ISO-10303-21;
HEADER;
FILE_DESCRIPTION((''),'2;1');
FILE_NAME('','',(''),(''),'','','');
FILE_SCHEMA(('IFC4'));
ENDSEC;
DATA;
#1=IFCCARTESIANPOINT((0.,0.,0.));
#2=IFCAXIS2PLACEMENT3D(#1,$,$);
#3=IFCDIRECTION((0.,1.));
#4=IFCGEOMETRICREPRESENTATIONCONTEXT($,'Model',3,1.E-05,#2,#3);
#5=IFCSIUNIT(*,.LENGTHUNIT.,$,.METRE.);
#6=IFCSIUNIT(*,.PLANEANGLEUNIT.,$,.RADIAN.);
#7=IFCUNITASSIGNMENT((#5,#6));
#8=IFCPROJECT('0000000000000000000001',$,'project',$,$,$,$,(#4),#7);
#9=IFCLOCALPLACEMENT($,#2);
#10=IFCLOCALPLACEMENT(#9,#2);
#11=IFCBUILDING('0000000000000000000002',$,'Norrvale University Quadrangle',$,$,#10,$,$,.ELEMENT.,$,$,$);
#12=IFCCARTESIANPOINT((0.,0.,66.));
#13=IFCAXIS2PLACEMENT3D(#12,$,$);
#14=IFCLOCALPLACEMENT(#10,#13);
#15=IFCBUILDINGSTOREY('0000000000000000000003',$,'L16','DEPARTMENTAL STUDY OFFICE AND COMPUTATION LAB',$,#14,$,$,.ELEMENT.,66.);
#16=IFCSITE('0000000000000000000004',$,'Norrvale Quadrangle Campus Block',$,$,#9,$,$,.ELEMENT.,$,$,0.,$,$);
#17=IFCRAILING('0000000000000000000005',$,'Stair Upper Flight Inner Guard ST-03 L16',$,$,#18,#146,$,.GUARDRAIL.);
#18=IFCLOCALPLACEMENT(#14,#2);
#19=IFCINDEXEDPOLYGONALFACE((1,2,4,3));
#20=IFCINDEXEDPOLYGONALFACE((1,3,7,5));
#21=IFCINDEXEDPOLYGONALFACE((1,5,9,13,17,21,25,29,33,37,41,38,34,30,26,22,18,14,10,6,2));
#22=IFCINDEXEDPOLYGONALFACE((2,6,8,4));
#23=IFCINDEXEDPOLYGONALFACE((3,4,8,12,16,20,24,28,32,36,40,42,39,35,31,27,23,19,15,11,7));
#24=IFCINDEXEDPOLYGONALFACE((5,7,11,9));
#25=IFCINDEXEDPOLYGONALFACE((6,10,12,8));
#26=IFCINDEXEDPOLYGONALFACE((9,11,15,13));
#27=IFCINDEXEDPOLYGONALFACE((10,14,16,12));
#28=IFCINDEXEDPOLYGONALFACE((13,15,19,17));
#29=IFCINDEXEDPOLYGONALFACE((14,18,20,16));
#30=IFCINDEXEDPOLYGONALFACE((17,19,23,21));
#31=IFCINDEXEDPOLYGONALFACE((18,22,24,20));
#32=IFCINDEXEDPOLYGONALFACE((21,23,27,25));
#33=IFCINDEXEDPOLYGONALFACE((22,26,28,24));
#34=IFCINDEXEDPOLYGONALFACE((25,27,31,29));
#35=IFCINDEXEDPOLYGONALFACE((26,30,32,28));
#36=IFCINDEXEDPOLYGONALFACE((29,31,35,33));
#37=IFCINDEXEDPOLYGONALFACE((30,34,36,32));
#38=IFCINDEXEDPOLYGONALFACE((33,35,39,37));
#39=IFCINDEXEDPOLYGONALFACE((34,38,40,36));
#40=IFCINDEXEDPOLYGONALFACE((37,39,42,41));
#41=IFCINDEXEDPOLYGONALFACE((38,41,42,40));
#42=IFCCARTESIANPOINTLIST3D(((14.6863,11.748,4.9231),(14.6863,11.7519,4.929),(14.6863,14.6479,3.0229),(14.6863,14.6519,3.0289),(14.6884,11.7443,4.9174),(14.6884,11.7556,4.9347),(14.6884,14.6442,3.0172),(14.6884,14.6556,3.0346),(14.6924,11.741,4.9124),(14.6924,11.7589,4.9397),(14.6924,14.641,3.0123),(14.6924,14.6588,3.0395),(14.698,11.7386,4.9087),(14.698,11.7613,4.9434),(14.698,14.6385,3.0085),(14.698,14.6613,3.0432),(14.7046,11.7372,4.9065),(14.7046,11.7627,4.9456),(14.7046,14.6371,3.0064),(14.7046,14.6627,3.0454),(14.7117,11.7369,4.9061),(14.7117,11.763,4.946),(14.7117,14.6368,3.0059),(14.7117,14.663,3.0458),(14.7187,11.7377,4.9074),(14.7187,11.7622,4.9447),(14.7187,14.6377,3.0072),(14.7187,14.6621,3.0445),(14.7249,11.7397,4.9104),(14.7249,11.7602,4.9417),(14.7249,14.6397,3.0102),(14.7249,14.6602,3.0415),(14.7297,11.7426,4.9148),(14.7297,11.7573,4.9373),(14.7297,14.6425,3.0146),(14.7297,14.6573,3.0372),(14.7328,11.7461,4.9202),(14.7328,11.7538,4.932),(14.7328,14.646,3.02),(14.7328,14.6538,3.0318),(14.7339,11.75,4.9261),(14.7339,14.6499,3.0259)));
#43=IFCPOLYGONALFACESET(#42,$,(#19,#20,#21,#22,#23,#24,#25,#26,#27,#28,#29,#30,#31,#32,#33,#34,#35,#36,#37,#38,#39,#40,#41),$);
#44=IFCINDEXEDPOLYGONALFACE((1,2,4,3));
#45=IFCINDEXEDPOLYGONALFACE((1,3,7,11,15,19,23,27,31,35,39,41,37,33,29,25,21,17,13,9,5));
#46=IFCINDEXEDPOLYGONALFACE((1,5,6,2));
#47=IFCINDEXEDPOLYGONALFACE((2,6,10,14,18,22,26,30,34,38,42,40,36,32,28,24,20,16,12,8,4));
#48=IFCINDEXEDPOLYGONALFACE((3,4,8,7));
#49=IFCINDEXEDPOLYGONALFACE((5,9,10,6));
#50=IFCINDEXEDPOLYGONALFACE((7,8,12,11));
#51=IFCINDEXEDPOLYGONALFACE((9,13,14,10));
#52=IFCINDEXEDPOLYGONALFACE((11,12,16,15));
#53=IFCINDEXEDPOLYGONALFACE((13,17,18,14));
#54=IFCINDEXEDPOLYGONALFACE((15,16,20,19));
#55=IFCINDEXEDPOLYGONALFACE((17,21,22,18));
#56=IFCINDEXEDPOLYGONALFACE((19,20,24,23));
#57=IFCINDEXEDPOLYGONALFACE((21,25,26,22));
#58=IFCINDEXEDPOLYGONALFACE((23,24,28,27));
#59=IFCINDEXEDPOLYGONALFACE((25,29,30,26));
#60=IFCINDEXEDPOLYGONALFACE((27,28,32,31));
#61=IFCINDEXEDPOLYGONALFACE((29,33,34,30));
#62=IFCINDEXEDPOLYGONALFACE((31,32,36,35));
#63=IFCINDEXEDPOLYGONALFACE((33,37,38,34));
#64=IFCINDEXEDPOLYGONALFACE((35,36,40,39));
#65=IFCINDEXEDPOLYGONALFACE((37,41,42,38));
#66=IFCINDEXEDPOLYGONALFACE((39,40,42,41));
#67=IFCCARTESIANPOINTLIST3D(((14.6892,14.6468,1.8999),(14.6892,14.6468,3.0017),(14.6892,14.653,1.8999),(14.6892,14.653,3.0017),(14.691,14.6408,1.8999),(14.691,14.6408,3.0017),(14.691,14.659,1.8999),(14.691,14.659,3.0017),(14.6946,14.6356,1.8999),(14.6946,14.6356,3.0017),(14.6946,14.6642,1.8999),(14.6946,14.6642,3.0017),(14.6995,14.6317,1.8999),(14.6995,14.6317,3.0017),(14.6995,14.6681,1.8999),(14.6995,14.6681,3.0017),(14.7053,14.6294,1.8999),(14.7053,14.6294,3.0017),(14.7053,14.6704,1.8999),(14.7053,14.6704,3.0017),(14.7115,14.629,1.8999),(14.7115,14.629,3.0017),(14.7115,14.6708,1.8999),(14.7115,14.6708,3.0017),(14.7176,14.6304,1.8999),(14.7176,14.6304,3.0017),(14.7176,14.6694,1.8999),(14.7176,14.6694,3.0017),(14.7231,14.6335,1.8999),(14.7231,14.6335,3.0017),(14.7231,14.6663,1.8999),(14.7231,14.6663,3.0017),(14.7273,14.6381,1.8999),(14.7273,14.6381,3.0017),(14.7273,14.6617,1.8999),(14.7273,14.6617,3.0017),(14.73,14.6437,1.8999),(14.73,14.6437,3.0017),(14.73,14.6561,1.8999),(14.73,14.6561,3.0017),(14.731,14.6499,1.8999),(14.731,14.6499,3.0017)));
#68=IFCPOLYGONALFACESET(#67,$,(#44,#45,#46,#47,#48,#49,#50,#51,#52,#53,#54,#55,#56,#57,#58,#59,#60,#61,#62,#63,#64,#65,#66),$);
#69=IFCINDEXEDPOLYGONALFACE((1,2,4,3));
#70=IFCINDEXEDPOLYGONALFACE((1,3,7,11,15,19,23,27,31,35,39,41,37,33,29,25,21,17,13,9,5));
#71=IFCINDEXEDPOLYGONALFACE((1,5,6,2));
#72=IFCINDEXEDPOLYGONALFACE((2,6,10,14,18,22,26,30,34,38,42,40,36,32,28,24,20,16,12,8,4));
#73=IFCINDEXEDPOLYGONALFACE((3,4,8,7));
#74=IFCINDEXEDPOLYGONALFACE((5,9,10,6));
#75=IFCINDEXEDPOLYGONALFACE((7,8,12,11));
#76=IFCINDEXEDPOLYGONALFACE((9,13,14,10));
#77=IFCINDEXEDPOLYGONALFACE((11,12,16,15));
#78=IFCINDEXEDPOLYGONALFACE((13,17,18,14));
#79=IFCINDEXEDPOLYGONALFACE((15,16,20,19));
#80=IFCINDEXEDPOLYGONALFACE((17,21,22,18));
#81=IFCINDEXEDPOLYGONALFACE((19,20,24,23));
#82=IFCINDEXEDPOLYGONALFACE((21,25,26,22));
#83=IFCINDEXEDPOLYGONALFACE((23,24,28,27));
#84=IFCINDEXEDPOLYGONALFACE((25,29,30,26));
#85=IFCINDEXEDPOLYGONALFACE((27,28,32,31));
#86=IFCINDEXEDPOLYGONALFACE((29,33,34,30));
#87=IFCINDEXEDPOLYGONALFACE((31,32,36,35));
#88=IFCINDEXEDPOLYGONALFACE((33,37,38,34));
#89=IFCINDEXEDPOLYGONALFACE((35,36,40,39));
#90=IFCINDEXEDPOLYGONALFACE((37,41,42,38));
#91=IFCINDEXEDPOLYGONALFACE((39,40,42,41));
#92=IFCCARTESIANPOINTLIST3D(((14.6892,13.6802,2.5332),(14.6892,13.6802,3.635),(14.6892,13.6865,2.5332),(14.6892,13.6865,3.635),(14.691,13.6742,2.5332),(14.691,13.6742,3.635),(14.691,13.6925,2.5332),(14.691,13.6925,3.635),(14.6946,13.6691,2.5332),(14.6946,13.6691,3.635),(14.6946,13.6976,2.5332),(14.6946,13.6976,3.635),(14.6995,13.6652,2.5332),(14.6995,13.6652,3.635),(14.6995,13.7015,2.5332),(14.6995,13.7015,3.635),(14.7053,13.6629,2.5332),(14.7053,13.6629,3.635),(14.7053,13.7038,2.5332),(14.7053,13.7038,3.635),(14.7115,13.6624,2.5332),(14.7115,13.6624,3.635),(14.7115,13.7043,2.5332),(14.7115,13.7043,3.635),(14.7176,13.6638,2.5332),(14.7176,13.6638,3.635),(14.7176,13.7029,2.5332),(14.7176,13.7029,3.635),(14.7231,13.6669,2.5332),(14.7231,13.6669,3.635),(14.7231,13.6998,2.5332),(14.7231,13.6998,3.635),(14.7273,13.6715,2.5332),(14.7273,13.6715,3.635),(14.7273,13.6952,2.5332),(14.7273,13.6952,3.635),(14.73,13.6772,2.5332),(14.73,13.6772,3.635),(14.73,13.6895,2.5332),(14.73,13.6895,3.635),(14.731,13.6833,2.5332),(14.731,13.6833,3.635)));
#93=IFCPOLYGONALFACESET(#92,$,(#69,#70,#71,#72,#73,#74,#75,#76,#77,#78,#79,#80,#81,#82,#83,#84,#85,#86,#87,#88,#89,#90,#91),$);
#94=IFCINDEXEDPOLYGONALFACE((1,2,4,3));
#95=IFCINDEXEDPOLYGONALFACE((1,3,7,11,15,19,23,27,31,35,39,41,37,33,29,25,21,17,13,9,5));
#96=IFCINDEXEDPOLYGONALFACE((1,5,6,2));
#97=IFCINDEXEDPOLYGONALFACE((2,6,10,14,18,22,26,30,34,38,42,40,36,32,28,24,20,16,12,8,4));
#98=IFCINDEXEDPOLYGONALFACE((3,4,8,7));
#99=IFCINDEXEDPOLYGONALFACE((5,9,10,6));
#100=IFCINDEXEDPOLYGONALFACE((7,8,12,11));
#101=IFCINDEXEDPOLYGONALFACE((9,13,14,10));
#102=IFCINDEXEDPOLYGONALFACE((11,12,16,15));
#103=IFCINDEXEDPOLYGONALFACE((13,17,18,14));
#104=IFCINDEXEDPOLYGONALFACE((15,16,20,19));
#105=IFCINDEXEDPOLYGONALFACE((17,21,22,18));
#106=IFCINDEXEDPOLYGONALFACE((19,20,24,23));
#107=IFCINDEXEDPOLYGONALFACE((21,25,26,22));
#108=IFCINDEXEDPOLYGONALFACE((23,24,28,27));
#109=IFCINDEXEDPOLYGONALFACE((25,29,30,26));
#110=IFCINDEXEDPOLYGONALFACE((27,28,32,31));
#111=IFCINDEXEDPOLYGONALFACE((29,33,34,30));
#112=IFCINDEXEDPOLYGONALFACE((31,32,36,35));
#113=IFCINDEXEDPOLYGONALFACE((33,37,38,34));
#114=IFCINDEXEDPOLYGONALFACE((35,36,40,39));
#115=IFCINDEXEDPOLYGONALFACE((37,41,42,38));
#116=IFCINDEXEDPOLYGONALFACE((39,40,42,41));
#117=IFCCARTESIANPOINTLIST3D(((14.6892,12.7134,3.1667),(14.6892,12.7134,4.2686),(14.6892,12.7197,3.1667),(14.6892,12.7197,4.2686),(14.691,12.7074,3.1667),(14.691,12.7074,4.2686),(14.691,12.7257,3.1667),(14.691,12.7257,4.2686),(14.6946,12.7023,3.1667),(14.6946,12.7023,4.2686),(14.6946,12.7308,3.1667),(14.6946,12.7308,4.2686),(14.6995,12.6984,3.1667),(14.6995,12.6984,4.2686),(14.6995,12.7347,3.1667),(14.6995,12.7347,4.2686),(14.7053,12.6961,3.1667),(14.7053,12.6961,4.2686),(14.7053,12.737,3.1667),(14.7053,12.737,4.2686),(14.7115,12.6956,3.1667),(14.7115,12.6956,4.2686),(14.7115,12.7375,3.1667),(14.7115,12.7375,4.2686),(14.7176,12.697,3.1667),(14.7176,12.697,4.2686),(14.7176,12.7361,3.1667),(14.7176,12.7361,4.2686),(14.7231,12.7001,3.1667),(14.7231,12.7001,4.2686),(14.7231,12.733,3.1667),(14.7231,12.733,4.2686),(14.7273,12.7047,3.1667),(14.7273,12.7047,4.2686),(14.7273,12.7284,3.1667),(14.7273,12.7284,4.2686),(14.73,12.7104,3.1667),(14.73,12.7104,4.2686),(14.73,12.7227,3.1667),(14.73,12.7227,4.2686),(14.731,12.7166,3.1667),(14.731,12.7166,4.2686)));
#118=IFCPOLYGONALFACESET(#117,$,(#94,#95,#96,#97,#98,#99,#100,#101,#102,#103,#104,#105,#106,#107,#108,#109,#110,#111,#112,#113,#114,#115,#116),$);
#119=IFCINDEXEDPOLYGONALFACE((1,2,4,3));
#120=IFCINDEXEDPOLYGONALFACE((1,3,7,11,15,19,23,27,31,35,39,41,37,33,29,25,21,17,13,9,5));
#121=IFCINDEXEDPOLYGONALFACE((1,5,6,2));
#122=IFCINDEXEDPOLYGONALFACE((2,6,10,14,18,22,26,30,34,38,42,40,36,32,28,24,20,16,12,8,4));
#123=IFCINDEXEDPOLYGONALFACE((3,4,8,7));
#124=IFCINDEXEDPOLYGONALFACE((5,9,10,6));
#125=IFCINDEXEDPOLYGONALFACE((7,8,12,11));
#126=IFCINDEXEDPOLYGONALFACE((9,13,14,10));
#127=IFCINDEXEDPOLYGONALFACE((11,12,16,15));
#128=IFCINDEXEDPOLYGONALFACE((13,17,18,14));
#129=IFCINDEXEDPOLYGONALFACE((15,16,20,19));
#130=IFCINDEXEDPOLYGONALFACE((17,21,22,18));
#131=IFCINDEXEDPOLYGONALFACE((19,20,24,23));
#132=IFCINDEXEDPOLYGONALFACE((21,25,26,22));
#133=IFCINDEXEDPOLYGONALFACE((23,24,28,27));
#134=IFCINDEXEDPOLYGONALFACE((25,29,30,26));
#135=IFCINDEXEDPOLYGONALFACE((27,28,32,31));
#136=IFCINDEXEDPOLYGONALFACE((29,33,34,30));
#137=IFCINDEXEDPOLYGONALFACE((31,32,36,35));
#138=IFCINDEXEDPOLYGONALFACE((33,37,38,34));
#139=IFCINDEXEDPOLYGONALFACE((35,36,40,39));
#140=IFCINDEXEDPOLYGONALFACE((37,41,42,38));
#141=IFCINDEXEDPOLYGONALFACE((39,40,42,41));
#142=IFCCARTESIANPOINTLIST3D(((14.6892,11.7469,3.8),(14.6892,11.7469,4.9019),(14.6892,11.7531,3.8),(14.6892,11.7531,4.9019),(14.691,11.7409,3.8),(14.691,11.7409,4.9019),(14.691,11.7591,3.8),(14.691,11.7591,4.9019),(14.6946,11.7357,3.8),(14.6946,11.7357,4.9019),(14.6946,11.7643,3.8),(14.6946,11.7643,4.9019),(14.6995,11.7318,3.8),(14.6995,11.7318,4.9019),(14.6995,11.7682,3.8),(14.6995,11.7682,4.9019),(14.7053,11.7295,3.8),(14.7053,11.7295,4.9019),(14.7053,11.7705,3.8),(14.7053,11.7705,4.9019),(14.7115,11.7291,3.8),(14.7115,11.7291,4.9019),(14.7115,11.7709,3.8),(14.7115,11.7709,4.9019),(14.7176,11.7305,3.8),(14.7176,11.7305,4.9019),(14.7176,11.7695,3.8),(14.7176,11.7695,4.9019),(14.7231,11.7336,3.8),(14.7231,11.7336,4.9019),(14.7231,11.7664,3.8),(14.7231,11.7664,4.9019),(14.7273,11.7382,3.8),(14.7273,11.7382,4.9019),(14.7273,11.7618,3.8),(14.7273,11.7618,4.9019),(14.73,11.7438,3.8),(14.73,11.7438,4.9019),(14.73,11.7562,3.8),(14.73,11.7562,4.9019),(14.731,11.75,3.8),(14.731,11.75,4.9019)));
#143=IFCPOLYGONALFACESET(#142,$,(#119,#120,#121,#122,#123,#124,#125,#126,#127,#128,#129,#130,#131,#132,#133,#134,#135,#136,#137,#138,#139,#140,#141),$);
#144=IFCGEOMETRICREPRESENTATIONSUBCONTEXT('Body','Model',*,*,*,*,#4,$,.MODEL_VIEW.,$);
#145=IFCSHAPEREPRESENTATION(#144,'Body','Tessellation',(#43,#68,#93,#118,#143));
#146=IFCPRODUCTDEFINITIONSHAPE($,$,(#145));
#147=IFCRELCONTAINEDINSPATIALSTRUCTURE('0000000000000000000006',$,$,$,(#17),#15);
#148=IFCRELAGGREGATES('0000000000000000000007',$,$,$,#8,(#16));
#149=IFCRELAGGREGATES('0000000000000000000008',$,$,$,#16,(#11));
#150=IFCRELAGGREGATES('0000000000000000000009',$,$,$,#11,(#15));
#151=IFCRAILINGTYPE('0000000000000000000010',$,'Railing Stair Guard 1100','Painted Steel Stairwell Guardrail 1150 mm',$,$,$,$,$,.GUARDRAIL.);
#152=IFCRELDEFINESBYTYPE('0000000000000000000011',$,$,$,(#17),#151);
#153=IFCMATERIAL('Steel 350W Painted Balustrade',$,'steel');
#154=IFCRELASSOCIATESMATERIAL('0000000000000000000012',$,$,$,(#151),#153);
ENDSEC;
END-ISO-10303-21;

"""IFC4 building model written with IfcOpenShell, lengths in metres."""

from ifc_helpers import new_model, si_unit, direction, frame, origin, origin_2d, place, context, subcontext, project, spatial, circle, extrude, material, type_object, element, save


model = new_model("IFC4")

# Units and contexts
model_context = context("Model", 3, precision=1e-05, world=origin(), true_north=direction((0.0, 1.0)))
body_context = subcontext(model_context, "Body", "Model", "MODEL_VIEW")
ifc_project = project(units=[si_unit("LENGTHUNIT", "METRE"), si_unit("PLANEANGLEUNIT", "RADIAN")], contexts=[model_context])

# Site, building, storey
site_placement = place(None, origin())
site = spatial("IfcSite", under=ifc_project, at=site_placement, Name="Norrvale Quadrangle Campus Block", CompositionType="ELEMENT", RefElevation=0.0)
building_placement = place(site_placement, origin())
building = spatial("IfcBuilding", under=site, at=building_placement, Name="Norrvale University Quadrangle", CompositionType="ELEMENT")
storey_placement = place(building_placement, frame((0.0, 0.0, 66.0)))
storey = spatial("IfcBuildingStorey", under=building, at=storey_placement, Name="L16", Description="DEPARTMENTAL STUDY OFFICE AND COMPUTATION LAB", CompositionType="ELEMENT", Elevation=66.0)

# Railing
ifc_material_1 = material(Name="Steel 350W Painted Balustrade", Category="steel")
railing_type_1 = type_object("IfcRailingType", Name="Railing Stair Guard 1100", Description="Painted Steel Stairwell Guardrail 1150 mm", PredefinedType="GUARDRAIL", material=ifc_material_1)
railing_1_placement = place(storey_placement, frame((14.71, 14.6499, 1.8999)))
element("IfcRailing", 1, at=railing_1_placement, inside=storey, type_object=railing_type_1, Name="Stair Upper Flight Inner Guard ST-03 L16", PredefinedType="GUARDRAIL", context=body_context, shape_type="SweptSolid", body=[
    extrude(circle(Radius=0.0239, at=origin_2d()), frame((0.0, 0.0, 1.126), z_axis=(0.0, -0.836433, 0.548069), x_axis=(1.0, 0.0, 0.0)), (0.0, 0.0, 1.0), 3.467),
    extrude(circle(Radius=0.021, at=origin_2d()), origin(), (0.0, 0.0, 1.0), 1.1018),
    extrude(circle(Radius=0.021, at=origin_2d()), frame((0.0, -0.9666, 0.6333)), (0.0, 0.0, 1.0), 1.1018),
    extrude(circle(Radius=0.021, at=origin_2d()), frame((0.0, -1.9333, 1.2668)), (0.0, 0.0, 1.0), 1.1018),
    extrude(circle(Radius=0.021, at=origin_2d()), frame((0.0, -2.8999, 1.9001)), (0.0, 0.0, 1.0), 1.1018),
])

save(model, "model.ifc")
